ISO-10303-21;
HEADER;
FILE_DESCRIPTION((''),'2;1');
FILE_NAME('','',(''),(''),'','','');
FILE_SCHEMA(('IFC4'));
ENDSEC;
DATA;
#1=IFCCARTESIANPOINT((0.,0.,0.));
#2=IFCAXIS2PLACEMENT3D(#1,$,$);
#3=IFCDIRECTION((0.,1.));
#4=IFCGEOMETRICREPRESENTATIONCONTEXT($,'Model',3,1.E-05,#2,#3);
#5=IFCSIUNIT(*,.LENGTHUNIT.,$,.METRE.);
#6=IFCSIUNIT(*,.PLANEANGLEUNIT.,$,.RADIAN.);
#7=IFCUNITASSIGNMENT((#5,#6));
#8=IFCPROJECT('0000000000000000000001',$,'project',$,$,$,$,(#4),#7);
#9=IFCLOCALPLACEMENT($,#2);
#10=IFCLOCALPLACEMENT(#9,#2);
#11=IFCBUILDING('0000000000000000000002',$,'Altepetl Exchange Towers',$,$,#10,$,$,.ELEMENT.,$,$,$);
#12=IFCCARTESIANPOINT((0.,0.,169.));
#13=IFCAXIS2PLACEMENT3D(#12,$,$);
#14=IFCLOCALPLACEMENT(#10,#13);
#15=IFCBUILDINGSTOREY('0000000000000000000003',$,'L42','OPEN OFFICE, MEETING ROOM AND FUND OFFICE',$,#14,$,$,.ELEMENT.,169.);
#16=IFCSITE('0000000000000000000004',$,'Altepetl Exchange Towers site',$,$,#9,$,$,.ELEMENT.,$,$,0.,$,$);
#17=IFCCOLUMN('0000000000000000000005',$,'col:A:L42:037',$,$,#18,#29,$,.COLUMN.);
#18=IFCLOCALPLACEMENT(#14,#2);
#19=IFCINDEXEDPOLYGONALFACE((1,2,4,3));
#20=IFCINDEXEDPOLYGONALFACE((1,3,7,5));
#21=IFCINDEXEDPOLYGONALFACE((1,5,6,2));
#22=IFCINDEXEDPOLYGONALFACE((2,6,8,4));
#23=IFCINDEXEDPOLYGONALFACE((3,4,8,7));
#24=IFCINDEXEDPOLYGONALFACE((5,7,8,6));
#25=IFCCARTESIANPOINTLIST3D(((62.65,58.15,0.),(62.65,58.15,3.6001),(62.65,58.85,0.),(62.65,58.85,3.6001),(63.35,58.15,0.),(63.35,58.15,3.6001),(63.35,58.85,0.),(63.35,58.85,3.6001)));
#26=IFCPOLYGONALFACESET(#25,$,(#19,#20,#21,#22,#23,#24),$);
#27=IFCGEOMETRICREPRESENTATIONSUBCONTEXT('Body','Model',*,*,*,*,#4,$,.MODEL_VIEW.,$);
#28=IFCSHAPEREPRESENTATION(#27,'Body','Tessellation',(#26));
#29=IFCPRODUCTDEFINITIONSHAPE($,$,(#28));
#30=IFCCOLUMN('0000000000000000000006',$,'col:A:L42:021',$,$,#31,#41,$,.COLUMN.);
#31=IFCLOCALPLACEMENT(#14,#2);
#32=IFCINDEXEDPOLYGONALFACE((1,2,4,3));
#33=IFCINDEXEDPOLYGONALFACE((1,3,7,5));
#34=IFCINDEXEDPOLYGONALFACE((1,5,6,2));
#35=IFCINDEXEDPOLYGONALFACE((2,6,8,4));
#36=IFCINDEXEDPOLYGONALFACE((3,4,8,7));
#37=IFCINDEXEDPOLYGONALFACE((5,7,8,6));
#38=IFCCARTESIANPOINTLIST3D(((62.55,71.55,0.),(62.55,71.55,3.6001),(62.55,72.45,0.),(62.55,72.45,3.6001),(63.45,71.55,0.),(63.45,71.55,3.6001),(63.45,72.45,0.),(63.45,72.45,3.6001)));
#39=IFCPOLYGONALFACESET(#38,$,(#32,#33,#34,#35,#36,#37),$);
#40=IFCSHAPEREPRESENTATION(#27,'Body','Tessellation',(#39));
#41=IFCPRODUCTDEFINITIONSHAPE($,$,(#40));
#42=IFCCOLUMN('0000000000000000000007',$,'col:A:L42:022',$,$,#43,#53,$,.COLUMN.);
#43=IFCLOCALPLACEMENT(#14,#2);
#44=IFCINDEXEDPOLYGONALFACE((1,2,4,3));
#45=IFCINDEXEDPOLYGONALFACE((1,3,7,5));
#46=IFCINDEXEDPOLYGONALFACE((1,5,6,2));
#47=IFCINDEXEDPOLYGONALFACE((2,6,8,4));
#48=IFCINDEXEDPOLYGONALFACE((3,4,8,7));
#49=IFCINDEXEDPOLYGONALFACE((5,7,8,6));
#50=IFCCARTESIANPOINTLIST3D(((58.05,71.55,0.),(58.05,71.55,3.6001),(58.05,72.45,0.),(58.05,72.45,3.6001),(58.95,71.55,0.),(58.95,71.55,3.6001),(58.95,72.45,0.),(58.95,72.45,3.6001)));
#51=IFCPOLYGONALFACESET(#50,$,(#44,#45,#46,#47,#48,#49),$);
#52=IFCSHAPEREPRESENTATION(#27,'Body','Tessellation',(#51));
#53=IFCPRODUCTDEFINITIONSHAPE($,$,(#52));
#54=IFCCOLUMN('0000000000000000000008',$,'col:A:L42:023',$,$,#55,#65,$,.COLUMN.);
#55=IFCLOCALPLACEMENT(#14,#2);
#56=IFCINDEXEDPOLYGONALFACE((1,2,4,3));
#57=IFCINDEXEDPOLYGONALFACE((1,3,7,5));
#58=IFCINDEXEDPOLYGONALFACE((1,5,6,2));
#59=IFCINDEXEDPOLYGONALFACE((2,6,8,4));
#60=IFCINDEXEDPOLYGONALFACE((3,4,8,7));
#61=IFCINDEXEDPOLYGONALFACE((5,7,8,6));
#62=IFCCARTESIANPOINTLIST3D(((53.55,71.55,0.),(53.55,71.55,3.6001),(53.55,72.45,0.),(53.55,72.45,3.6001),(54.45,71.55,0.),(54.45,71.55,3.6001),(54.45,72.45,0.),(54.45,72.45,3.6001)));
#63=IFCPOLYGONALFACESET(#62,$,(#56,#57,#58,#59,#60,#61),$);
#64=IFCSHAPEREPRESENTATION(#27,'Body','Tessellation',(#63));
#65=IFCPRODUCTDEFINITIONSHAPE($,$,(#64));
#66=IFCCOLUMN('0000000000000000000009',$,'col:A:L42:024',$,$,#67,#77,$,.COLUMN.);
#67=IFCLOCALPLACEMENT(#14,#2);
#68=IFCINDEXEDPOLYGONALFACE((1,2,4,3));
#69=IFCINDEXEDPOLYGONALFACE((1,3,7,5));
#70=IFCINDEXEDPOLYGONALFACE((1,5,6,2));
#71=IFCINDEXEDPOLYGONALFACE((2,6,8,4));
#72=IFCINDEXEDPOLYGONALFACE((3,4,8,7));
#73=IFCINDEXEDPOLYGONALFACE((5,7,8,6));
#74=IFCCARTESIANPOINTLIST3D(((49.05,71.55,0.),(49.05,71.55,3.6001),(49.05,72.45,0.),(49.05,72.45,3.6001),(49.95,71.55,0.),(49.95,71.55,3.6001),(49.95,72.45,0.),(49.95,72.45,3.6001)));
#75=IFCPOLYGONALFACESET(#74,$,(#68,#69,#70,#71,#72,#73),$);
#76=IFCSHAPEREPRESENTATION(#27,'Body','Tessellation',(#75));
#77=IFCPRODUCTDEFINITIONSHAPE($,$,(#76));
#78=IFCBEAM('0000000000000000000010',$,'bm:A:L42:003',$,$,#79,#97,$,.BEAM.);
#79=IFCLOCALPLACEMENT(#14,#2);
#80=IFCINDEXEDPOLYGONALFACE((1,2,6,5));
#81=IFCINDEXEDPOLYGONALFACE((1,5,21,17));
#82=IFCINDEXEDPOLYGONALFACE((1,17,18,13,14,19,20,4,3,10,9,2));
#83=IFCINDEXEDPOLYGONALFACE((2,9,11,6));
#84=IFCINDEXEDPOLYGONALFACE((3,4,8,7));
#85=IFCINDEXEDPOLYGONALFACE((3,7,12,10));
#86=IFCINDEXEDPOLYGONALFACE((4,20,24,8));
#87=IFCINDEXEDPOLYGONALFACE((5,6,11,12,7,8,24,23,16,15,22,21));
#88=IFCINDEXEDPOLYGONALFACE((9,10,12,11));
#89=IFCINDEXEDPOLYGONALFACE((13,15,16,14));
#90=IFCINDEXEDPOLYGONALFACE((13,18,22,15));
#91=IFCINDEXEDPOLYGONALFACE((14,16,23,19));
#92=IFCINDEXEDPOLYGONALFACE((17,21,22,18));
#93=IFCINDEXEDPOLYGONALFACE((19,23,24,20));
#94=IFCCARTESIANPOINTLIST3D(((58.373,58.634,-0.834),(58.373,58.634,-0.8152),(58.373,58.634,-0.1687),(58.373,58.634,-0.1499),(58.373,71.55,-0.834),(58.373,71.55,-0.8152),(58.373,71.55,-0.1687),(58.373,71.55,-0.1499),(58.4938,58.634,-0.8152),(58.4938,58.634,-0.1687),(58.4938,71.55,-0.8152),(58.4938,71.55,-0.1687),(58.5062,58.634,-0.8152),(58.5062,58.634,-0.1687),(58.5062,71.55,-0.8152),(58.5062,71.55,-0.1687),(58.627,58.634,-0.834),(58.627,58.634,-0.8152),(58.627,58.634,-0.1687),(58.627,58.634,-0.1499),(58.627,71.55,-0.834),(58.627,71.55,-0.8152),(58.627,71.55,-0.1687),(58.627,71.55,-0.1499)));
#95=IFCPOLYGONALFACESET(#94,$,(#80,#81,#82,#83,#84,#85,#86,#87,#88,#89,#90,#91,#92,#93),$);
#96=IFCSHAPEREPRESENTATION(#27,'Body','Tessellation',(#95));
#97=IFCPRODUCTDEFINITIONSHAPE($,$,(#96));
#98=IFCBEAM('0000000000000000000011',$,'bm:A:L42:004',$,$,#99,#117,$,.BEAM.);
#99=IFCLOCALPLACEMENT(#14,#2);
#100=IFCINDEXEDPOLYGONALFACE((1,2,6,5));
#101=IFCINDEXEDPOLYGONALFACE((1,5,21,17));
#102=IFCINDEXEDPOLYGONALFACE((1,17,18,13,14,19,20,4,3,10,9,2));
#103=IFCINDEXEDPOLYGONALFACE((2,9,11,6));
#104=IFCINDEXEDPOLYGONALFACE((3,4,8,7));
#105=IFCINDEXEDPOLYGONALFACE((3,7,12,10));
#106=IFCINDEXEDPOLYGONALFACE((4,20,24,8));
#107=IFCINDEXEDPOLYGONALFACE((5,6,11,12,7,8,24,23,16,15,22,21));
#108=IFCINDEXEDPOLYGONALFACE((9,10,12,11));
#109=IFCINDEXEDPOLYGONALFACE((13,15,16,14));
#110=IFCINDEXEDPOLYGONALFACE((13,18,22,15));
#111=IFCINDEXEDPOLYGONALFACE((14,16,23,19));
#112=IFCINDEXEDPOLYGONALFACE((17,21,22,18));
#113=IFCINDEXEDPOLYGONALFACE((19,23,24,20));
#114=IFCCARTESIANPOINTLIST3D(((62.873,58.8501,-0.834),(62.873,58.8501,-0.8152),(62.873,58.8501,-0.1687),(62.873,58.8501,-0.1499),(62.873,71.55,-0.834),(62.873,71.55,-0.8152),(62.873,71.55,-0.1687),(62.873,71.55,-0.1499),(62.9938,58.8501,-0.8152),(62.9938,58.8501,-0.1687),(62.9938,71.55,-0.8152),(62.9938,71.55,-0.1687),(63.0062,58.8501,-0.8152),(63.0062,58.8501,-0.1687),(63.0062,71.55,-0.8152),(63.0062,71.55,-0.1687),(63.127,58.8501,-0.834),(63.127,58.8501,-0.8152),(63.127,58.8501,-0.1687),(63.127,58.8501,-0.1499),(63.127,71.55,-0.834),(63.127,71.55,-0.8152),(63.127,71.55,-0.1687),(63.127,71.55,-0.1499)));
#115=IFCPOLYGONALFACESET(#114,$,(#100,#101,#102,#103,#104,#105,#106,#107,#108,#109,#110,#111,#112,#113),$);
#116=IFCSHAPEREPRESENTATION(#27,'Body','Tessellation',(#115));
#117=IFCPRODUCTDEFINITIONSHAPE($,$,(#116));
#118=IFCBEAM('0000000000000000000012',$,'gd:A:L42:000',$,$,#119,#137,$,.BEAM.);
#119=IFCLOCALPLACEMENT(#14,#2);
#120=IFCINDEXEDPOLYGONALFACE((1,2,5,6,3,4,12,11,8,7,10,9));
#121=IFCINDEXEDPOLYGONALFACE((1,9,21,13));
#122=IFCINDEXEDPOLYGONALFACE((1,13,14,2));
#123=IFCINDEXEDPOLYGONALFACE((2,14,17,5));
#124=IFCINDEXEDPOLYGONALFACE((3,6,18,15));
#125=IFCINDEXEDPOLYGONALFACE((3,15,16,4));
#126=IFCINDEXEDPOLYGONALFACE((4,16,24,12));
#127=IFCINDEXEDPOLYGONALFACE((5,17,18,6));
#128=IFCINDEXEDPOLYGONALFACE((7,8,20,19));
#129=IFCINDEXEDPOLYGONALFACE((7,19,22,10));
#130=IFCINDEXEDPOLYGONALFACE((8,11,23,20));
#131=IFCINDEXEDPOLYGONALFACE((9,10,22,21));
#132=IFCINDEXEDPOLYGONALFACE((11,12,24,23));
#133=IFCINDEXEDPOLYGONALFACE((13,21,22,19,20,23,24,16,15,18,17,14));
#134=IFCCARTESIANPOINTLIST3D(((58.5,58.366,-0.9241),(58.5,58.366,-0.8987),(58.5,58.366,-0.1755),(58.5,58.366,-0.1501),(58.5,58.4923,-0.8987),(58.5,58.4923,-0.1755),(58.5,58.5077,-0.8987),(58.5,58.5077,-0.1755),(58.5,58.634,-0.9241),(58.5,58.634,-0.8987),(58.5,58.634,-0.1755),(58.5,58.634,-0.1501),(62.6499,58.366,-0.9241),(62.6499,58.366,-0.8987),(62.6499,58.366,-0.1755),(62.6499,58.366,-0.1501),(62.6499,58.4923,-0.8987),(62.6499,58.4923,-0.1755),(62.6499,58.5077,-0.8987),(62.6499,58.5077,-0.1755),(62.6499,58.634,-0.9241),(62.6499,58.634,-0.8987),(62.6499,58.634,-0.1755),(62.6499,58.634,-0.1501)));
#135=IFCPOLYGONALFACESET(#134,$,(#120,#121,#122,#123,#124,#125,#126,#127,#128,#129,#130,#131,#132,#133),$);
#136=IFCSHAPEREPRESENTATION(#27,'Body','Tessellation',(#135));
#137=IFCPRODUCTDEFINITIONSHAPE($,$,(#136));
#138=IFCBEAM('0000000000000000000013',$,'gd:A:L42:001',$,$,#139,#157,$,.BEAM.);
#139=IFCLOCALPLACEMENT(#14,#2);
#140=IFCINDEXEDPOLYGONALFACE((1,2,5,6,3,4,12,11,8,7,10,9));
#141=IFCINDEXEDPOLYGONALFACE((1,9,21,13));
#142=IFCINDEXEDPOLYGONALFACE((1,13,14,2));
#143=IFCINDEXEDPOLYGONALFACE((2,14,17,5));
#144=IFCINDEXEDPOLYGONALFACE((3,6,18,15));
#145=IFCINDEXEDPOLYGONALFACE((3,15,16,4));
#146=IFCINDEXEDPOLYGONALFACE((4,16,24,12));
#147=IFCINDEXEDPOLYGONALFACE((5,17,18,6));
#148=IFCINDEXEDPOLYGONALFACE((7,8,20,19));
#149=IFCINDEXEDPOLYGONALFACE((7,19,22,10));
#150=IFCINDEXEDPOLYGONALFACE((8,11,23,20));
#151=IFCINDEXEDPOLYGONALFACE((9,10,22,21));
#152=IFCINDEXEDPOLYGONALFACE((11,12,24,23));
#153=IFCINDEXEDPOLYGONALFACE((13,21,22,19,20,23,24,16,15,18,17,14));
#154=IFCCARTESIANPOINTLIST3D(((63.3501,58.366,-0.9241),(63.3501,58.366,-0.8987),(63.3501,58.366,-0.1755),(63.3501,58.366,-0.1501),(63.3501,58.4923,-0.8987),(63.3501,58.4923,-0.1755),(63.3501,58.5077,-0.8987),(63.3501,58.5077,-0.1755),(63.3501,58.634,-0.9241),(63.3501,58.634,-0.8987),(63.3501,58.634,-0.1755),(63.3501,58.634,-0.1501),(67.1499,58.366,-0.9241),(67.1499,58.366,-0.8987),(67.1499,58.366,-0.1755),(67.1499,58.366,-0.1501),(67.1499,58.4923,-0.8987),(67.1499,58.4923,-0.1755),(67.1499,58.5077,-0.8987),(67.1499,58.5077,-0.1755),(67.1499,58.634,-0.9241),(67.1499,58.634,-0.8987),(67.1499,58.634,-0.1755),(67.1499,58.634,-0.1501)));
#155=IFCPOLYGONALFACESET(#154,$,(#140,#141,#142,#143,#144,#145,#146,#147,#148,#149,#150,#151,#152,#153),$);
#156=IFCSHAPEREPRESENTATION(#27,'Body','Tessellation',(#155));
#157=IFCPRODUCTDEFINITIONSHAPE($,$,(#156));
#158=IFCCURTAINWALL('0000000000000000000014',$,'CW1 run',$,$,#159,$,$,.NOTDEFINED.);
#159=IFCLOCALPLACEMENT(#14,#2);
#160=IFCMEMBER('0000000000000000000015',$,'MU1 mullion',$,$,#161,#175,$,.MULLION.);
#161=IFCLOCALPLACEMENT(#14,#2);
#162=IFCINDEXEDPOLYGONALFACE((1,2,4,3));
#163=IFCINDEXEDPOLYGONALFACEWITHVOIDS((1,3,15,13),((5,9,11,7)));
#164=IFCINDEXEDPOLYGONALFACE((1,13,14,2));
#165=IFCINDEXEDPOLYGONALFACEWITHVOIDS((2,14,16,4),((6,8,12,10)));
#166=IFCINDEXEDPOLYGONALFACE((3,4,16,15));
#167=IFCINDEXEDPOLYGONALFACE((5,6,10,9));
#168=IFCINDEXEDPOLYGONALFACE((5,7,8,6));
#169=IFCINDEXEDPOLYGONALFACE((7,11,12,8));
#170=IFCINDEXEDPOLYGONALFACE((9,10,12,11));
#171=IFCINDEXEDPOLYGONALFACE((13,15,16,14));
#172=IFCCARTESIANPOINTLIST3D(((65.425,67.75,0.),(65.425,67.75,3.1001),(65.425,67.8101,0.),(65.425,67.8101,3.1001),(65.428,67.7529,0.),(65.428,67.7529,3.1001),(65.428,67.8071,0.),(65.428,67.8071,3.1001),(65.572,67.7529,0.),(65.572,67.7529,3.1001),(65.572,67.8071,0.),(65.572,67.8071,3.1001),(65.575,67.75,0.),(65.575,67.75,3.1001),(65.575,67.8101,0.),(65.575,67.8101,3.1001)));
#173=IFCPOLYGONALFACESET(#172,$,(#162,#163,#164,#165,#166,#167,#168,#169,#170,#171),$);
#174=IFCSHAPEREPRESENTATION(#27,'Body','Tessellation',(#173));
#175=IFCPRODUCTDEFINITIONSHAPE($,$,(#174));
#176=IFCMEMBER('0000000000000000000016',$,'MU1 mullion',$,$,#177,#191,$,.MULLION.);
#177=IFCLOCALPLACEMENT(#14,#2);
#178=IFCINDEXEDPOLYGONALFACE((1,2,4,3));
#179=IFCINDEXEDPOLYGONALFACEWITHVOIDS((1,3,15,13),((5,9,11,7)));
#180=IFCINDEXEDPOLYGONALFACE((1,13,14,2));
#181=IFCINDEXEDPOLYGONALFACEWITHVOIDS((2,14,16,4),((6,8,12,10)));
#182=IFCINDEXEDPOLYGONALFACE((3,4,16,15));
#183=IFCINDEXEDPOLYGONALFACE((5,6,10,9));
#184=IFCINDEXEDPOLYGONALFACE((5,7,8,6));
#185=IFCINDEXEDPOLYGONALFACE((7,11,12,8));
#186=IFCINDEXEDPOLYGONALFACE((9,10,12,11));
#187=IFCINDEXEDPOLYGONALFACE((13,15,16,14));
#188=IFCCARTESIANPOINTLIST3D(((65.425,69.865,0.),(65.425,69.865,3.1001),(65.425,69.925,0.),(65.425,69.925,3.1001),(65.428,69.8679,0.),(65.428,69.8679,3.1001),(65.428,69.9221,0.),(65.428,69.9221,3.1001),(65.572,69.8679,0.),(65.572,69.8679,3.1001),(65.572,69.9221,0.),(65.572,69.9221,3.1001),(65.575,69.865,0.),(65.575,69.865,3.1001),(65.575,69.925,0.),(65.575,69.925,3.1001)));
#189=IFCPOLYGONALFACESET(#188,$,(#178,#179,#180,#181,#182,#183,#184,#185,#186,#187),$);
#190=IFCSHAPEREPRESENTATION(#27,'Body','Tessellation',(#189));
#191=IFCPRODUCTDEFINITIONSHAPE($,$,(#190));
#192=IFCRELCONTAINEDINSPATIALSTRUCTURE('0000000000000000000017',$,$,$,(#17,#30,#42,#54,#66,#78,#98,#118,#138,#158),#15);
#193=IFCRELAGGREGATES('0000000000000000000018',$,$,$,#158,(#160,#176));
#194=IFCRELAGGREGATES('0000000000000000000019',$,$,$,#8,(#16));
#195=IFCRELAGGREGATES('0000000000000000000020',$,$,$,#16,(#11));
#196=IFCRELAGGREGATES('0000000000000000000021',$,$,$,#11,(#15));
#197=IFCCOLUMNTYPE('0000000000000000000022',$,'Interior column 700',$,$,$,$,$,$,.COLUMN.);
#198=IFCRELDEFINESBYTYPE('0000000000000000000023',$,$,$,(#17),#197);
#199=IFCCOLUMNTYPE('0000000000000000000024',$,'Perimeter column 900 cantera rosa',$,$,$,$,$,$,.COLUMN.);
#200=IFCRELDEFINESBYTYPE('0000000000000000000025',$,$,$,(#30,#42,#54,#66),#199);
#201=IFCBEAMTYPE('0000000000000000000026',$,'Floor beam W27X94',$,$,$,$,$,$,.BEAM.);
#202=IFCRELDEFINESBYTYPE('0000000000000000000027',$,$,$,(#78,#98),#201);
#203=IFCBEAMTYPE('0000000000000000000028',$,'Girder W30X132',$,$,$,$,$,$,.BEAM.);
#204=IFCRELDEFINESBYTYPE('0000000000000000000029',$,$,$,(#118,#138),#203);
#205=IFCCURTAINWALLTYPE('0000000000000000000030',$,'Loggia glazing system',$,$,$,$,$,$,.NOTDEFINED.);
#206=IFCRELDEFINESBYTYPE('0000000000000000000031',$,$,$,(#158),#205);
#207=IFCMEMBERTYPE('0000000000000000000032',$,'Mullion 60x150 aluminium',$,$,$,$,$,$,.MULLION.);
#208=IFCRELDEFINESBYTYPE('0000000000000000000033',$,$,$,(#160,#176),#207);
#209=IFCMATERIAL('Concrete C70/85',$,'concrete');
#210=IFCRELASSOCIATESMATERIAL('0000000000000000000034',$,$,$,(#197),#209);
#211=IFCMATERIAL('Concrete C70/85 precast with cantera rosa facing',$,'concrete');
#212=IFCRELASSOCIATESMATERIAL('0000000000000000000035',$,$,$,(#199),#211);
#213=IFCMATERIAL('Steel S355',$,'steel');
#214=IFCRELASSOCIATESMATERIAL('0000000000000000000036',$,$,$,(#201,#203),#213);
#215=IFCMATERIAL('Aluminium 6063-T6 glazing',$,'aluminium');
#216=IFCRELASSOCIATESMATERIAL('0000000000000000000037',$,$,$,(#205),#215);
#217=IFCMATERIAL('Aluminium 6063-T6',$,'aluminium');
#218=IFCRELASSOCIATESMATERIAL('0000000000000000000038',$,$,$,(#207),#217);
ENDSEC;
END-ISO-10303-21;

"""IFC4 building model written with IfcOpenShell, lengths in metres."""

from ifc_helpers import new_model, si_unit, direction, frame, origin, origin_2d, place, context, subcontext, project, spatial, rectangle, hollow_rectangle, i_section, extrude, material, material_profile, profile_set, type_object, element, aggregate, save


model = new_model("IFC4")

# Units and contexts
model_context = context("Model", 3, precision=1e-05, world=origin(), true_north=direction((0.0, 1.0)))
body_context = subcontext(model_context, "Body", "Model", "MODEL_VIEW")
ifc_project = project(units=[si_unit("LENGTHUNIT", "METRE"), si_unit("PLANEANGLEUNIT", "RADIAN")], contexts=[model_context])

# Site, building, storey
site_placement = place(None, origin())
site = spatial("IfcSite", under=ifc_project, at=site_placement, Name="Altepetl Exchange Towers site", CompositionType="ELEMENT", RefElevation=0.0)
building_placement = place(site_placement, origin())
building = spatial("IfcBuilding", under=site, at=building_placement, Name="Altepetl Exchange Towers", CompositionType="ELEMENT")
storey_placement = place(building_placement, frame((0.0, 0.0, 169.0)))
storey = spatial("IfcBuildingStorey", under=building, at=storey_placement, Name="L42", Description="OPEN OFFICE, MEETING ROOM AND FUND OFFICE", CompositionType="ELEMENT", Elevation=169.0)

# Columns
ifc_material_1 = material(Name="Concrete C70/85", Category="concrete")
ifc_material_profile_1 = material_profile(ifc_material_1, rectangle(XDim=0.7, YDim=0.7, at=origin_2d()), Name="700 x 700")
ifc_profile_set_1 = profile_set([ifc_material_profile_1], Name="Concrete C70/85")
column_type_1 = type_object("IfcColumnType", Name="Interior column 700", PredefinedType="COLUMN", material=ifc_profile_set_1)
column_placement = place(storey_placement, frame((63.0, 58.5, 0.0)))
element("IfcColumn", 1, at=column_placement, inside=storey, type_object=column_type_1, Name="col:A:L42:037", PredefinedType="COLUMN", context=body_context, shape_type="SweptSolid", body=[
    extrude(rectangle(XDim=0.7, YDim=0.7, at=origin_2d()), origin(), (0.0, 0.0, 1.0), 3.6001),
])
ifc_material_2 = material(Name="Concrete C70/85 precast with cantera rosa facing", Category="concrete")
ifc_material_profile_2 = material_profile(ifc_material_2, rectangle(XDim=0.8999, YDim=0.8999, at=origin_2d()), Name="900 x 900")
ifc_profile_set_2 = profile_set([ifc_material_profile_2], Name="Concrete C70/85 precast with cantera rosa facing")
column_type_2 = type_object("IfcColumnType", Name="Perimeter column 900 cantera rosa", PredefinedType="COLUMN", material=ifc_profile_set_2)
for number, where, name in (
    (2, (63.0, 72.0, 0.0), "col:A:L42:021"),
    (3, (58.5, 72.0, 0.0), "col:A:L42:022"),
    (4, (54.0, 72.0, 0.0), "col:A:L42:023"),
    (5, (49.5, 72.0, 0.0), "col:A:L42:024"),
):
    element("IfcColumn", number, at=place(storey_placement, frame(where)), inside=storey, type_object=column_type_2, Name=name, PredefinedType="COLUMN", context=body_context, shape_type="SweptSolid", body=[
        extrude(rectangle(XDim=0.8999, YDim=0.8999, at=origin_2d()), origin(), (0.0, 0.0, 1.0), 3.6001),
    ])

# Beams
ifc_material_3 = material(Name="Steel S355", Category="steel")
ifc_material_profile_3 = material_profile(ifc_material_3, i_section(OverallWidth=0.2539, OverallDepth=0.6841, WebThickness=0.0125, FlangeThickness=0.0188, at=origin_2d()), Name="W27X94")
ifc_profile_set_3 = profile_set([ifc_material_profile_3], Name="Steel S355")
beam_type_1 = type_object("IfcBeamType", Name="Floor beam W27X94", PredefinedType="BEAM", material=ifc_profile_set_3)
beam_1_placement = place(storey_placement, frame((58.5, 58.634, -0.4919), z_axis=(0.0, 1.0, 0.0), x_axis=(-1.0, 0.0, 0.0)))
element("IfcBeam", 6, at=beam_1_placement, inside=storey, type_object=beam_type_1, Name="bm:A:L42:003", PredefinedType="BEAM", context=body_context, shape_type="SweptSolid", body=[
    extrude(i_section(OverallWidth=0.2539, OverallDepth=0.6841, WebThickness=0.0125, FlangeThickness=0.0188, at=origin_2d()), origin(), (0.0, 0.0, 1.0), 12.916),
])
beam_2_placement = place(storey_placement, frame((63.0, 58.8501, -0.4919), z_axis=(0.0, 1.0, 0.0), x_axis=(-1.0, 0.0, 0.0)))
element("IfcBeam", 7, at=beam_2_placement, inside=storey, type_object=beam_type_1, Name="bm:A:L42:004", PredefinedType="BEAM", context=body_context, shape_type="SweptSolid", body=[
    extrude(i_section(OverallWidth=0.2539, OverallDepth=0.6841, WebThickness=0.0125, FlangeThickness=0.0188, at=origin_2d()), origin(), (0.0, 0.0, 1.0), 12.7),
])
ifc_material_profile_4 = material_profile(ifc_material_3, i_section(OverallWidth=0.2681, OverallDepth=0.7739, WebThickness=0.0154, FlangeThickness=0.0254, at=origin_2d()), Name="W30X132")
ifc_profile_set_4 = profile_set([ifc_material_profile_4], Name="Steel S355")
beam_type_2 = type_object("IfcBeamType", Name="Girder W30X132", PredefinedType="BEAM", material=ifc_profile_set_4)
beam_3_placement = place(storey_placement, frame((58.5, 58.5, -0.5371), z_axis=(1.0, 0.0, 0.0), x_axis=(0.0, 1.0, 0.0)))
element("IfcBeam", 8, at=beam_3_placement, inside=storey, type_object=beam_type_2, Name="gd:A:L42:000", PredefinedType="BEAM", context=body_context, shape_type="SweptSolid", body=[
    extrude(i_section(OverallWidth=0.2681, OverallDepth=0.7739, WebThickness=0.0154, FlangeThickness=0.0254, at=origin_2d()), origin(), (0.0, 0.0, 1.0), 4.1499),
])
beam_4_placement = place(storey_placement, frame((63.3501, 58.5, -0.5371), z_axis=(1.0, 0.0, 0.0), x_axis=(0.0, 1.0, 0.0)))
element("IfcBeam", 9, at=beam_4_placement, inside=storey, type_object=beam_type_2, Name="gd:A:L42:001", PredefinedType="BEAM", context=body_context, shape_type="SweptSolid", body=[
    extrude(i_section(OverallWidth=0.2681, OverallDepth=0.7739, WebThickness=0.0154, FlangeThickness=0.0254, at=origin_2d()), origin(), (0.0, 0.0, 1.0), 3.7998),
])

# Curtain wall, members
ifc_material_4 = material(Name="Aluminium 6063-T6 glazing", Category="aluminium")
curtain_wall_type = type_object("IfcCurtainWallType", Name="Loggia glazing system", PredefinedType="NOTDEFINED", material=ifc_material_4)
curtain_wall_1_placement = place(storey_placement, origin())
curtain_wall_1 = element("IfcCurtainWall", 10, at=curtain_wall_1_placement, inside=storey, type_object=curtain_wall_type, Name="CW1 run", PredefinedType="NOTDEFINED")
ifc_material_5 = material(Name="Aluminium 6063-T6", Category="aluminium")
ifc_material_profile_5 = material_profile(ifc_material_5, hollow_rectangle(XDim=0.0601, YDim=0.1499, WallThickness=0.0029, at=origin_2d()), Name="Mullion 60x150 aluminium")
ifc_profile_set_5 = profile_set([ifc_material_profile_5], Name="Aluminium 6063-T6")
member_type = type_object("IfcMemberType", Name="Mullion 60x150 aluminium", PredefinedType="MULLION", material=ifc_profile_set_5)
member_1_placement = place(storey_placement, frame((65.5, 67.78, 0.0), z_axis=(0.0, 0.0, 1.0), x_axis=(0.0, 1.0, 0.0)))
member_1 = element("IfcMember", 11, at=member_1_placement, type_object=member_type, Name="MU1 mullion", PredefinedType="MULLION", context=body_context, shape_type="SweptSolid", body=[
    extrude(hollow_rectangle(XDim=0.0601, YDim=0.1499, WallThickness=0.0029, at=origin_2d()), origin(), (0.0, 0.0, 1.0), 3.1001),
])
member_2_placement = place(storey_placement, frame((65.5, 69.895, 0.0), z_axis=(0.0, 0.0, 1.0), x_axis=(0.0, 1.0, 0.0)))
member_2 = element("IfcMember", 12, at=member_2_placement, type_object=member_type, Name="MU1 mullion", PredefinedType="MULLION", context=body_context, shape_type="SweptSolid", body=[
    extrude(hollow_rectangle(XDim=0.0601, YDim=0.1499, WallThickness=0.0029, at=origin_2d()), origin(), (0.0, 0.0, 1.0), 3.1001),
])

aggregate(curtain_wall_1, [member_1, member_2])

save(model, "model.ifc")
